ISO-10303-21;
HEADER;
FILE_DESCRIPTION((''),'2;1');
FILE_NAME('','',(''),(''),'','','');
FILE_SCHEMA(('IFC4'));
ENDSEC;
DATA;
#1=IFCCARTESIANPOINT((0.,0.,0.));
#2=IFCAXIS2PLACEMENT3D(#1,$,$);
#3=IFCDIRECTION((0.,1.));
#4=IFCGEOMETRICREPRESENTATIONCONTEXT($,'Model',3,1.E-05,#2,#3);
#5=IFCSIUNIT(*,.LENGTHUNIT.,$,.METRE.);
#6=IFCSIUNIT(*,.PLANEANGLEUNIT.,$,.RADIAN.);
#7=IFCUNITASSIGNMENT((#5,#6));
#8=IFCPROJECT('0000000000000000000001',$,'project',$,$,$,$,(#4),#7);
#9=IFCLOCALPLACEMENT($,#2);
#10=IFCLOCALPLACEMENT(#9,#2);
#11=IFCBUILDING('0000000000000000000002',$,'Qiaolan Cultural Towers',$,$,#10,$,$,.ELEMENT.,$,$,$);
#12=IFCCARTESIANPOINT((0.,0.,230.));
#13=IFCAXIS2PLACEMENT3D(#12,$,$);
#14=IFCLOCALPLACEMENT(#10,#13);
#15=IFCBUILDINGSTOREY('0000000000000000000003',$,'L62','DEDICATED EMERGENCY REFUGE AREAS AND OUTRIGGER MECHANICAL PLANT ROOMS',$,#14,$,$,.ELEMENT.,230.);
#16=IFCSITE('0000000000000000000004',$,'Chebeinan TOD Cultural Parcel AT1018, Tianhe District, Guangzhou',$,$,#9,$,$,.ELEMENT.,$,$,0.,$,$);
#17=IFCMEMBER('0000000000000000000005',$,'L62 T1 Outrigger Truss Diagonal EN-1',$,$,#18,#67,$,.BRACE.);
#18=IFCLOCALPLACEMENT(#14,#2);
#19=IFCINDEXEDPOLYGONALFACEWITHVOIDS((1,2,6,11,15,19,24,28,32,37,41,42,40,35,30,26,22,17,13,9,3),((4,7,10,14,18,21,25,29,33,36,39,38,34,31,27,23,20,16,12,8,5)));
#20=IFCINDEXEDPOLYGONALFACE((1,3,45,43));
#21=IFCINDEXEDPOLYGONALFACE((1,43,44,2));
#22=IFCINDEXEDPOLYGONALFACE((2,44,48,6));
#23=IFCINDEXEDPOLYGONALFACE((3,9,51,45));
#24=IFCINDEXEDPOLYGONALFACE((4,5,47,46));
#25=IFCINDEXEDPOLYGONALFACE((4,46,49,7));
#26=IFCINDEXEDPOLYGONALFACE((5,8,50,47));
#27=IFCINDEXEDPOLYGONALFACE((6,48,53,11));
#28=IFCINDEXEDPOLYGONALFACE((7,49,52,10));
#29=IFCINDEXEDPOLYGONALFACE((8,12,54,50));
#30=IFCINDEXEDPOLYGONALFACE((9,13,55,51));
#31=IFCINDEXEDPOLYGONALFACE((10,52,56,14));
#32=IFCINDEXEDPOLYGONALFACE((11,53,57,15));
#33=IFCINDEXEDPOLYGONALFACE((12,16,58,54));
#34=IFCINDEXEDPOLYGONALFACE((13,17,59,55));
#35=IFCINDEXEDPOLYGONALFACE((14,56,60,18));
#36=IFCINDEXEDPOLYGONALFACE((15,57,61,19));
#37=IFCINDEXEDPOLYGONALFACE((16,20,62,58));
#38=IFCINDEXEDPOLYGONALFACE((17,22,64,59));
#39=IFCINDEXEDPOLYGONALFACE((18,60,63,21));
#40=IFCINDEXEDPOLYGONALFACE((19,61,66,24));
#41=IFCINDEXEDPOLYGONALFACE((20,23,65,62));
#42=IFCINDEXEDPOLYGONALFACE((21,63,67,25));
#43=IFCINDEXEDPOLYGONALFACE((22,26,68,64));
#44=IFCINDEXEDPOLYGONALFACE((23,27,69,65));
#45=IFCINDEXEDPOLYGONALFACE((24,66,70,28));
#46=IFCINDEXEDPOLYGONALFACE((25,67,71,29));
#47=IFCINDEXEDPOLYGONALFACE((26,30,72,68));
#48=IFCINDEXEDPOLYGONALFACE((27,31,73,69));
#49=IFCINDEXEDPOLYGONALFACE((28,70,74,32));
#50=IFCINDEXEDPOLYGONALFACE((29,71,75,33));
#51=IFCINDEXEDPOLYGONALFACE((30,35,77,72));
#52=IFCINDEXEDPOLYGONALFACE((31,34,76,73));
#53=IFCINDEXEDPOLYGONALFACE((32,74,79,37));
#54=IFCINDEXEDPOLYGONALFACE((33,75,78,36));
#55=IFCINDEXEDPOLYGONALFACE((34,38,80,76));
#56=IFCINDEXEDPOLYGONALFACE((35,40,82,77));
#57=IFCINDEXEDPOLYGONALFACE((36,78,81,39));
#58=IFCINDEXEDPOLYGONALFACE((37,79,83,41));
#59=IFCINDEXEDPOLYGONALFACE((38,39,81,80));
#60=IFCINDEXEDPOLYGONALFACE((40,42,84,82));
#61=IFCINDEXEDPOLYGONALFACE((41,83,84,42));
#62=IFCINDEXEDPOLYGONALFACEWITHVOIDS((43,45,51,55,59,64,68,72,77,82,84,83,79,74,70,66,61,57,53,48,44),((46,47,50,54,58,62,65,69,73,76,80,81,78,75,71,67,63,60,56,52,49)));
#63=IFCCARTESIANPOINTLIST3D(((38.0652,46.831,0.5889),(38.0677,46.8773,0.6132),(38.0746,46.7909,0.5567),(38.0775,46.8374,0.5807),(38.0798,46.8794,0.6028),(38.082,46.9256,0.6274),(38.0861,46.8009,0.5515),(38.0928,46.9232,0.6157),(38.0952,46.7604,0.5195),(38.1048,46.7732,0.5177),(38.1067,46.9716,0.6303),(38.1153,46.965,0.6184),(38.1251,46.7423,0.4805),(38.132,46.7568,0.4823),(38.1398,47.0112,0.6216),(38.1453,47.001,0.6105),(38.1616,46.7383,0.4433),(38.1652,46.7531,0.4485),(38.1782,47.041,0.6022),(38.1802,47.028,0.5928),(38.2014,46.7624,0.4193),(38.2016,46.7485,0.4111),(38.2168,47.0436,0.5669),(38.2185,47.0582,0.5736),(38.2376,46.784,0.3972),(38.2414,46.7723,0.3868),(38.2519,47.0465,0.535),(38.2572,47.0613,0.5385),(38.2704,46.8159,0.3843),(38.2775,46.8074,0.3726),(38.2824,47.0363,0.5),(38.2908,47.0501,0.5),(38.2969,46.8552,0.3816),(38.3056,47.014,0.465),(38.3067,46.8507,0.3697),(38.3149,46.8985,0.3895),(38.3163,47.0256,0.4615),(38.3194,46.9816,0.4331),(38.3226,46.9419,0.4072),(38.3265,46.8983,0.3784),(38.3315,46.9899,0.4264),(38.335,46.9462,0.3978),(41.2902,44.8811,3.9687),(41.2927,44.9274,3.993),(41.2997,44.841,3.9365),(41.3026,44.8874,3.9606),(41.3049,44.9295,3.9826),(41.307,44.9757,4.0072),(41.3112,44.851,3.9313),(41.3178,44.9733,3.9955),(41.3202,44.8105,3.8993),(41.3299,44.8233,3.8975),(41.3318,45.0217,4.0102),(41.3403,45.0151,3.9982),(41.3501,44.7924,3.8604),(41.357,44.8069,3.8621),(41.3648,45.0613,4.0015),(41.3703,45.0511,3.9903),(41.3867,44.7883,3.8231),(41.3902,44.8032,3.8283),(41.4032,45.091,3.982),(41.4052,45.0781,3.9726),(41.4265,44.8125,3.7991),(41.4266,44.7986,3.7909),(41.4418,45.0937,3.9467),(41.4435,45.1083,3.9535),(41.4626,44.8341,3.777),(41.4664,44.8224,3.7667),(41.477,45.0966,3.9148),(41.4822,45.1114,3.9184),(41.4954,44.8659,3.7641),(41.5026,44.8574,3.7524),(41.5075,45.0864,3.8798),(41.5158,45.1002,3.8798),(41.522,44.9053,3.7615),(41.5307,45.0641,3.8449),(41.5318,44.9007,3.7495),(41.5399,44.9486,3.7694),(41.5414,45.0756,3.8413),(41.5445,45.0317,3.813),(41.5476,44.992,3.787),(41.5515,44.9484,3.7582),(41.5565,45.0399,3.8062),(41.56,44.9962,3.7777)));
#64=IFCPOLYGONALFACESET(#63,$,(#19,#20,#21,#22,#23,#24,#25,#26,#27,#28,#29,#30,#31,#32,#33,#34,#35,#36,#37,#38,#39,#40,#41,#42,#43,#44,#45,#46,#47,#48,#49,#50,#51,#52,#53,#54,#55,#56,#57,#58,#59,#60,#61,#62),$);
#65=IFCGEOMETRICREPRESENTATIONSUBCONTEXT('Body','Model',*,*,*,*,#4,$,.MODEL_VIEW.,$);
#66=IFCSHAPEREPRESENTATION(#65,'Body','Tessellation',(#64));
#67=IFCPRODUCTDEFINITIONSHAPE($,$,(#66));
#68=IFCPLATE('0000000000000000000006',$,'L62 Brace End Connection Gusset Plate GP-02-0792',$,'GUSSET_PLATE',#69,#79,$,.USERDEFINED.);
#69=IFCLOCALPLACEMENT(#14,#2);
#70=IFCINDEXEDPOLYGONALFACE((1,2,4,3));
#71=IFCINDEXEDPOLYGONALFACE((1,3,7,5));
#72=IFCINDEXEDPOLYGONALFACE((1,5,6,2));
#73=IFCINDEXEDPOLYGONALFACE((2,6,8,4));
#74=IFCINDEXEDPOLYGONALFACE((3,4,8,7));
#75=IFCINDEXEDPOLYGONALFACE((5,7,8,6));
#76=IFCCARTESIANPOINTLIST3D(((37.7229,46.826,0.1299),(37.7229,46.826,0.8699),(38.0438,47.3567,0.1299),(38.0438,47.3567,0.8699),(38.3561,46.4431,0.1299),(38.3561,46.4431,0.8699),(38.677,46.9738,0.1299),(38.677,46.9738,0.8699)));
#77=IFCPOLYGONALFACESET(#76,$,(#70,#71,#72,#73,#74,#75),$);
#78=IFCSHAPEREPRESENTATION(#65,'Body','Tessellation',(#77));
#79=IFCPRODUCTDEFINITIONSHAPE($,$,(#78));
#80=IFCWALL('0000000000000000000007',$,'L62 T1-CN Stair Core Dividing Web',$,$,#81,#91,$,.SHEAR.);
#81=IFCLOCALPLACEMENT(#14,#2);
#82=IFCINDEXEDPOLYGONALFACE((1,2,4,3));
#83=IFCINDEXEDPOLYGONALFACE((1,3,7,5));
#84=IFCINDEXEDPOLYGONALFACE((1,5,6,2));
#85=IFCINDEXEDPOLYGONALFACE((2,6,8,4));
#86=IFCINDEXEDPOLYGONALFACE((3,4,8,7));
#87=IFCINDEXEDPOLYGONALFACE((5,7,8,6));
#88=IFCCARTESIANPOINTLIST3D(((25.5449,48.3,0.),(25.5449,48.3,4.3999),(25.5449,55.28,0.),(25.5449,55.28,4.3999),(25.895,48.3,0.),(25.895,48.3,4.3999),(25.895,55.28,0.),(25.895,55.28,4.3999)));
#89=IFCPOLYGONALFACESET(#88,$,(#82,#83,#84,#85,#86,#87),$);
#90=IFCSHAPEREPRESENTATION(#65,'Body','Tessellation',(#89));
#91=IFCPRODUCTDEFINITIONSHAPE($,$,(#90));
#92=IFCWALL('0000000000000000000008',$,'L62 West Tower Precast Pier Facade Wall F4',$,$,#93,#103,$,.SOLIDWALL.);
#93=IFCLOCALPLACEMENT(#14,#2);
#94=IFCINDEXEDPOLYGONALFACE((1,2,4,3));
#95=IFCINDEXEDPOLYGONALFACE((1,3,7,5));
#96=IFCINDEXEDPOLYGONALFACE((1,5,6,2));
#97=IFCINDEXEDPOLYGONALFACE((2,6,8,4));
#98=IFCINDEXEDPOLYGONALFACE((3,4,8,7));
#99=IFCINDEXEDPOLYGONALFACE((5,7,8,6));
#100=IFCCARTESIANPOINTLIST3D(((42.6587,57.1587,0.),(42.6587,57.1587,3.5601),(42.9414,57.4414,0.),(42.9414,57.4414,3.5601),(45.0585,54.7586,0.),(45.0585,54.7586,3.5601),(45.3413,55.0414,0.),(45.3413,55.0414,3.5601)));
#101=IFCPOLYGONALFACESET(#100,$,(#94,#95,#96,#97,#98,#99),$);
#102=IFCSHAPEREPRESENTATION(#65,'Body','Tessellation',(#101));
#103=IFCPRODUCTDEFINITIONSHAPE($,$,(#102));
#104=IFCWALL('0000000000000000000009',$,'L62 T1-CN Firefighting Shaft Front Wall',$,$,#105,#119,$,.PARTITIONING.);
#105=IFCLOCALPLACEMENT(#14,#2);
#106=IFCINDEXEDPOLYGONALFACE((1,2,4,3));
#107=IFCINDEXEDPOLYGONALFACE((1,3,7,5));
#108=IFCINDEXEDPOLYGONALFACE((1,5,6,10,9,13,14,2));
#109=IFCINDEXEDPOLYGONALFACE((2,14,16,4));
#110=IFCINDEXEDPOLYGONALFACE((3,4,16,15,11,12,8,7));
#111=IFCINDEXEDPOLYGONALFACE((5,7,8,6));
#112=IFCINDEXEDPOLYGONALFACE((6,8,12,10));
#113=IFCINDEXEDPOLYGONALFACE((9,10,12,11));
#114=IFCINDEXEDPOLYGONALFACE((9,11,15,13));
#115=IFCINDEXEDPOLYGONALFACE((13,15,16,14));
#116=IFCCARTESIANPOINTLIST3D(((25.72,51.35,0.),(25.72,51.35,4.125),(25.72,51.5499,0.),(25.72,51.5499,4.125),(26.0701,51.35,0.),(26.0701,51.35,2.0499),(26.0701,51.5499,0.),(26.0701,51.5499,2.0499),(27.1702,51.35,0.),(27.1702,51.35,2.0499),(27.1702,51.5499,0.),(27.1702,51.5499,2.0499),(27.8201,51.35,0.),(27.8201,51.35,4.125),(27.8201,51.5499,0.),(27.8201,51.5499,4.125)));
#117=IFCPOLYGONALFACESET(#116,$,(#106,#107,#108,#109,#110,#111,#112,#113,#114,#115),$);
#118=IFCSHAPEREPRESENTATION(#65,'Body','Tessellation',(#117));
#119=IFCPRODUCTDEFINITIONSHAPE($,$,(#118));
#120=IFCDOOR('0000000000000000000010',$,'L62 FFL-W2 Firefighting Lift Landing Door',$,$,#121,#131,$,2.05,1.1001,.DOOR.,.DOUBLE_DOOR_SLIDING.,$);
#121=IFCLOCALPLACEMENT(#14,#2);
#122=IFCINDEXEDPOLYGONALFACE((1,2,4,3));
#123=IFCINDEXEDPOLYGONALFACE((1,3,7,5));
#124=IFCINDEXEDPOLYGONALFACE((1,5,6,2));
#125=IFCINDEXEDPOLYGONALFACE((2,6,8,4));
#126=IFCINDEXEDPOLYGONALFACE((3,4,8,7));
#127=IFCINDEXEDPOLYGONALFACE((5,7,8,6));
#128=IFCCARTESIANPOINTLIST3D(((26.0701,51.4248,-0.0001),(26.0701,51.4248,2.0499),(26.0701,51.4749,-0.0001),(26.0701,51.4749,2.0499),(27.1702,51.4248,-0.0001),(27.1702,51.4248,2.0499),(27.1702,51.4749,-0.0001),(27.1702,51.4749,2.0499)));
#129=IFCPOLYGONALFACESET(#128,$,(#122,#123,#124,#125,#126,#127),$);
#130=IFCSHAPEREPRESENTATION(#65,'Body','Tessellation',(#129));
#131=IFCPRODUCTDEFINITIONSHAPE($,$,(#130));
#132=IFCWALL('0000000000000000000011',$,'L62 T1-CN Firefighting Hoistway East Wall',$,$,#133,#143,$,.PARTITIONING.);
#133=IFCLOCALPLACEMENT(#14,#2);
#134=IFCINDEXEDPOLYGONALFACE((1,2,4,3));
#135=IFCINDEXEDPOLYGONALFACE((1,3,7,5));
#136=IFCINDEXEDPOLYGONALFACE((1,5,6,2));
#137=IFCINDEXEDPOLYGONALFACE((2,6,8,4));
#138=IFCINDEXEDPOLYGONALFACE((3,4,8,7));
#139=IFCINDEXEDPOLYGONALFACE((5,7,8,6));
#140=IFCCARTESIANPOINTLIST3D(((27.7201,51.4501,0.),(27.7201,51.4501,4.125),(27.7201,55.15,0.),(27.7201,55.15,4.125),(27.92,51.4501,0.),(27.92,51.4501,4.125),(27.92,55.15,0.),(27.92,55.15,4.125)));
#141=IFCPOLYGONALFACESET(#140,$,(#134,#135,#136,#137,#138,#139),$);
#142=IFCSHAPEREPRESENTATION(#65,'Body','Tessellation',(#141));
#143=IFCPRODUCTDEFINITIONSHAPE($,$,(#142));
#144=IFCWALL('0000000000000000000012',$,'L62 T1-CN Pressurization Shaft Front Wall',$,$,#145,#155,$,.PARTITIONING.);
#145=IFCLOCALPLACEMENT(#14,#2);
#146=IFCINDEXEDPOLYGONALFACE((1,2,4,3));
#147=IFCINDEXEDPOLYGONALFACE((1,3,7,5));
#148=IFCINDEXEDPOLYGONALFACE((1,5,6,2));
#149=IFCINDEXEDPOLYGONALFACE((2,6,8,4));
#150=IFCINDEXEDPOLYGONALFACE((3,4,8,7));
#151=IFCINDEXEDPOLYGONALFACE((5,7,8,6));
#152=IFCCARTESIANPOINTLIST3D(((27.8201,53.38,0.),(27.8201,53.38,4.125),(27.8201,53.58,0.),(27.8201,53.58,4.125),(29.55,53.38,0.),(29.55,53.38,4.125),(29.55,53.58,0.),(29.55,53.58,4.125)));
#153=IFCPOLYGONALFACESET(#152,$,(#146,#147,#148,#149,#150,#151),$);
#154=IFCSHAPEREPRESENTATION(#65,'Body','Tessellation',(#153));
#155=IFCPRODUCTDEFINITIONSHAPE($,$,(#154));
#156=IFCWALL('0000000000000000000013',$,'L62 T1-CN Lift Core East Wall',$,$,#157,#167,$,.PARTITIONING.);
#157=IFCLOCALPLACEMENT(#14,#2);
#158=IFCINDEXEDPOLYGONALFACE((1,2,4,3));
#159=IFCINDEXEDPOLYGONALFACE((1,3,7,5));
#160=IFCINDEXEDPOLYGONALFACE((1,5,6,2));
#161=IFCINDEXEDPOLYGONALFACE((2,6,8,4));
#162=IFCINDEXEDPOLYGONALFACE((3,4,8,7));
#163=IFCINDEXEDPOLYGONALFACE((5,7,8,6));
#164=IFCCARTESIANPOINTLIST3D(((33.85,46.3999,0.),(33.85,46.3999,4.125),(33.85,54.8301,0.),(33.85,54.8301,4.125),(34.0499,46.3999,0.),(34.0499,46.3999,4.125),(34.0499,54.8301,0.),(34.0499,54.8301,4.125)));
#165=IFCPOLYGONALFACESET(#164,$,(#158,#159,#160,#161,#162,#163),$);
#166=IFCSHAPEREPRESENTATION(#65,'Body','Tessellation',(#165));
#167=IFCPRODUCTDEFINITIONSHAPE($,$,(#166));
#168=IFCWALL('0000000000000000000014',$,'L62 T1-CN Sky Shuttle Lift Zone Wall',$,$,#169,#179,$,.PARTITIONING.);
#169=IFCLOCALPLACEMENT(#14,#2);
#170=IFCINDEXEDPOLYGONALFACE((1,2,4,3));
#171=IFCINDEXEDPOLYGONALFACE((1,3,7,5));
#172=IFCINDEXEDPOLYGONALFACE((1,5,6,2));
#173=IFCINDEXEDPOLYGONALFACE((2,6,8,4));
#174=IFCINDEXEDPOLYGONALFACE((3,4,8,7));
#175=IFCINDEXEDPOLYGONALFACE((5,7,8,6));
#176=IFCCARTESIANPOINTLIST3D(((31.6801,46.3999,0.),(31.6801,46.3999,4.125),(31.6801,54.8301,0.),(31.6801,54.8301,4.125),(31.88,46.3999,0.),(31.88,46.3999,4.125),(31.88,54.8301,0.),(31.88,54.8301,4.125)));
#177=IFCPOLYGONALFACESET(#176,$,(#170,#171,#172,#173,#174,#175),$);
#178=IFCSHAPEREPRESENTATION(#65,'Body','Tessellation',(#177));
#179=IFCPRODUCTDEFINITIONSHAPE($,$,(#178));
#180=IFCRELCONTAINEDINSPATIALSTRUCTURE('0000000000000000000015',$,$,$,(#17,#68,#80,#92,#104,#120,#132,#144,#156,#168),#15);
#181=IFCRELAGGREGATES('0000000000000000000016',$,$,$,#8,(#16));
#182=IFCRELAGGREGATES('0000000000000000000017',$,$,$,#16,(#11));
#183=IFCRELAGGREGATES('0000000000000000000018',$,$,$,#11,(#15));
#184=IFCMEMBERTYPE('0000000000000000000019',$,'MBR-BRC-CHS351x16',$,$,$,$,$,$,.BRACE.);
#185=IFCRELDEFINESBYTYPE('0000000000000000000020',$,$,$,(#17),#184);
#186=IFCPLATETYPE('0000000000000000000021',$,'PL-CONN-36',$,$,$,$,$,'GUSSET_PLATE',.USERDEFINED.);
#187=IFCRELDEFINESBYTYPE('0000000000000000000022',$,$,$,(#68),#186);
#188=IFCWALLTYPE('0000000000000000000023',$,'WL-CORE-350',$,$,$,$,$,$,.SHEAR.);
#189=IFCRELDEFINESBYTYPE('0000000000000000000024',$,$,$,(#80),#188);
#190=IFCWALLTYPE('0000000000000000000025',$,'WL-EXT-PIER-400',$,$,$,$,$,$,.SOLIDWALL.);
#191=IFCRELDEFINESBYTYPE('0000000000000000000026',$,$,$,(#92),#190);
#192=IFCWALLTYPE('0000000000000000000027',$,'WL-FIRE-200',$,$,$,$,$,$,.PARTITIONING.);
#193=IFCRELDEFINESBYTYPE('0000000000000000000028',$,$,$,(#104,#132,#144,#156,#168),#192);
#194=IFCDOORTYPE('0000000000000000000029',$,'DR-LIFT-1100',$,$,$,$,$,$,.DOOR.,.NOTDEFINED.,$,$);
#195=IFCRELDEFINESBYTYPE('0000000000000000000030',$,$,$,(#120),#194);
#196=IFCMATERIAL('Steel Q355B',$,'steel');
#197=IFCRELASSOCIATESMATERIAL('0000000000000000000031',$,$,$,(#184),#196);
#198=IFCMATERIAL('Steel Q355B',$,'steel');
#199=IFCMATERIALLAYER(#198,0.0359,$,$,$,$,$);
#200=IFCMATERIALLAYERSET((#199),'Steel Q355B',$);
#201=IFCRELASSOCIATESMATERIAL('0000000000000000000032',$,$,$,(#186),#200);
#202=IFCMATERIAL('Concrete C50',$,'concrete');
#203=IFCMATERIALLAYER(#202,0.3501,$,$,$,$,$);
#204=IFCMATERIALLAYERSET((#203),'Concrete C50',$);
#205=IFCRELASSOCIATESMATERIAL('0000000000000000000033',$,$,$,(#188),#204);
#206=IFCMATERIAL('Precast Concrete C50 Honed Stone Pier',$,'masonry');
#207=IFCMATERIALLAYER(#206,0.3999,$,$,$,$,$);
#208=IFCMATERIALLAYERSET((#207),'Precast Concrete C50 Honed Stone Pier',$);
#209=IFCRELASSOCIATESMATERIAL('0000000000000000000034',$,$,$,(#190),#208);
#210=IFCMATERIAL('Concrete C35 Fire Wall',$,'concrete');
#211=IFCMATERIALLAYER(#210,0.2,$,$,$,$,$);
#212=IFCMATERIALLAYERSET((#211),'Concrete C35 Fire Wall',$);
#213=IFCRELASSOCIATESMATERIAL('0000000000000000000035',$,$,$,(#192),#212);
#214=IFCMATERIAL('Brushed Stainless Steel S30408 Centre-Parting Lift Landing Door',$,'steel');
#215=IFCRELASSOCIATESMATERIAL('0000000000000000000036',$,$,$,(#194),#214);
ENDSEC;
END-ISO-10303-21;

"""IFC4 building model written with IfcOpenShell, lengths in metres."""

from ifc_helpers import new_model, si_unit, direction, frame, frame_2d, origin, origin_2d, place, context, subcontext, project, spatial, rectangle, hollow_circle, extrude, material, layer, layer_set, material_profile, profile_set, type_object, element, fill, save


model = new_model("IFC4")

# Units and contexts
model_context = context("Model", 3, precision=1e-05, world=origin(), true_north=direction((0.0, 1.0)))
body_context = subcontext(model_context, "Body", "Model", "MODEL_VIEW")
ifc_project = project(units=[si_unit("LENGTHUNIT", "METRE"), si_unit("PLANEANGLEUNIT", "RADIAN")], contexts=[model_context])

# Site, building, storey
site_placement = place(None, origin())
site = spatial("IfcSite", under=ifc_project, at=site_placement, Name="Chebeinan TOD Cultural Parcel AT1018, Tianhe District, Guangzhou", CompositionType="ELEMENT", RefElevation=0.0)
building_placement = place(site_placement, origin())
building = spatial("IfcBuilding", under=site, at=building_placement, Name="Qiaolan Cultural Towers", CompositionType="ELEMENT")
storey_placement = place(building_placement, frame((0.0, 0.0, 230.0)))
storey = spatial("IfcBuildingStorey", under=building, at=storey_placement, Name="L62", Description="DEDICATED EMERGENCY REFUGE AREAS AND OUTRIGGER MECHANICAL PLANT ROOMS", CompositionType="ELEMENT", Elevation=230.0)

# Member
ifc_material_1 = material(Name="Steel Q355B", Category="steel")
ifc_material_profile_1 = material_profile(ifc_material_1, hollow_circle(Radius=0.1755, WallThickness=0.0161, at=origin_2d()), Name="CHS351x16")
ifc_profile_set_1 = profile_set([ifc_material_profile_1], Name="Steel Q355B")
member_type = type_object("IfcMemberType", Name="MBR-BRC-CHS351x16", PredefinedType="BRACE", material=ifc_profile_set_1)
member_placement = place(storey_placement, frame((38.2, 46.8999, 0.5), z_axis=(0.637078, -0.385189, 0.667654), x_axis=(0.517398, 0.855745, 0.0)))
element("IfcMember", 1, at=member_placement, inside=storey, type_object=member_type, Name="L62 T1 Outrigger Truss Diagonal EN-1", PredefinedType="BRACE", context=body_context, shape_type="SweptSolid", body=[
    extrude(hollow_circle(Radius=0.1755, WallThickness=0.0161, at=origin_2d()), origin(), (0.0, 0.0, 1.0), 5.0623),
])

# Plate
ifc_material_2 = material(Name="Steel Q355B", Category="steel")
ifc_layer_1 = layer(ifc_material_2, 0.0359)
ifc_layer_set_1 = layer_set([ifc_layer_1], Name="Steel Q355B")
plate_type = type_object("IfcPlateType", Name="PL-CONN-36", ElementType="GUSSET_PLATE", PredefinedType="USERDEFINED", material=ifc_layer_set_1)
plate_placement = place(storey_placement, frame((38.2, 46.8999, 0.1299), z_axis=(0.0, 0.0, 1.0), x_axis=(-0.855732, 0.517419, 0.0)))
element("IfcPlate", 2, at=plate_placement, inside=storey, type_object=plate_type, Name="L62 Brace End Connection Gusset Plate GP-02-0792", ObjectType="GUSSET_PLATE", PredefinedType="USERDEFINED", context=body_context, shape_type="SweptSolid", body=[
    extrude(rectangle(XDim=0.74, YDim=0.6201, at=origin_2d()), origin(), (0.0, 0.0, 1.0), 0.74),
])

# Walls
ifc_material_3 = material(Name="Concrete C50", Category="concrete")
ifc_layer_2 = layer(ifc_material_3, 0.3501)
ifc_layer_set_2 = layer_set([ifc_layer_2], Name="Concrete C50")
wall_type_1 = type_object("IfcWallType", Name="WL-CORE-350", PredefinedType="SHEAR", material=ifc_layer_set_2)
wall_1_placement = place(storey_placement, frame((25.72, 48.3, 0.0), z_axis=(0.0, 0.0, 1.0), x_axis=(0.0, 1.0, 0.0)))
element("IfcWall", 3, at=wall_1_placement, inside=storey, type_object=wall_type_1, Name="L62 T1-CN Stair Core Dividing Web", PredefinedType="SHEAR", context=body_context, shape_type="SweptSolid", body=[
    extrude(rectangle(XDim=6.98, YDim=0.3501, at=frame_2d((3.49, 0.0))), origin(), (0.0, 0.0, 1.0), 4.3999),
])
ifc_material_4 = material(Name="Precast Concrete C50 Honed Stone Pier", Category="masonry")
ifc_layer_3 = layer(ifc_material_4, 0.3999)
ifc_layer_set_3 = layer_set([ifc_layer_3], Name="Precast Concrete C50 Honed Stone Pier")
wall_type_2 = type_object("IfcWallType", Name="WL-EXT-PIER-400", PredefinedType="SOLIDWALL", material=ifc_layer_set_3)
wall_2_placement = place(storey_placement, frame((42.8, 57.3, 0.0), z_axis=(0.0, 0.0, 1.0), x_axis=(0.707071, -0.707143, 0.0)))
element("IfcWall", 4, at=wall_2_placement, inside=storey, type_object=wall_type_2, Name="L62 West Tower Precast Pier Facade Wall F4", PredefinedType="SOLIDWALL", context=body_context, shape_type="SweptSolid", body=[
    extrude(rectangle(XDim=3.394, YDim=0.3999, at=frame_2d((1.697, 0.0))), origin(), (0.0, 0.0, 1.0), 3.5601),
])

# Wall, opening, door
ifc_material_5 = material(Name="Concrete C35 Fire Wall", Category="concrete")
ifc_layer_4 = layer(ifc_material_5, 0.2)
ifc_layer_set_4 = layer_set([ifc_layer_4], Name="Concrete C35 Fire Wall")
wall_type_3 = type_object("IfcWallType", Name="WL-FIRE-200", PredefinedType="PARTITIONING", material=ifc_layer_set_4)
wall_3_placement = place(storey_placement, frame((25.72, 51.45, 0.0), z_axis=(0.0, 0.0, 1.0), x_axis=(1.0, 0.0, 0.0)))
wall_3 = element("IfcWall", 5, at=wall_3_placement, inside=storey, type_object=wall_type_3, Name="L62 T1-CN Firefighting Shaft Front Wall", PredefinedType="PARTITIONING", context=body_context, shape_type="SweptSolid", body=[
    extrude(rectangle(XDim=2.1001, YDim=0.2, at=frame_2d((1.05, 0.0))), origin(), (0.0, 0.0, 1.0), 4.125),
])
opening_1_placement = place(wall_3_placement, frame((0.3501, 0.0, 0.0)))
opening_1 = element("IfcOpeningElement", 6, at=opening_1_placement, cuts=wall_3, PredefinedType="OPENING", context=body_context, shape_type="SweptSolid", body=[
    extrude(rectangle(XDim=1.1001, YDim=2.05, at=frame_2d((0.55, 1.0249))), frame((0.0, 0.1099, 0.0), z_axis=(0.0, -1.0, 0.0), x_axis=(1.0, 0.0, 0.0)), (0.0, 0.0, 1.0), 0.22),
])
ifc_material_6 = material(Name="Brushed Stainless Steel S30408 Centre-Parting Lift Landing Door", Category="steel")
door_type_1 = type_object("IfcDoorType", Name="DR-LIFT-1100", OperationType="NOTDEFINED", PredefinedType="DOOR", material=ifc_material_6)
door_1_placement = place(opening_1_placement, origin())
door_1 = element("IfcDoor", 7, at=door_1_placement, inside=storey, type_object=door_type_1, Name="L62 FFL-W2 Firefighting Lift Landing Door", OperationType="DOUBLE_DOOR_SLIDING", OverallHeight=2.05, OverallWidth=1.1001, PredefinedType="DOOR", context=body_context, shape_type="SweptSolid", body=[
    extrude(rectangle(XDim=1.1001, YDim=2.05, at=frame_2d((0.55, 1.0249))), frame((0.0, 0.0249, 0.0), z_axis=(0.0, -1.0, 0.0), x_axis=(1.0, 0.0, 0.0)), (0.0, 0.0, 1.0), 0.05),
])
fill(opening_1, door_1)

# Walls
wall_4_placement = place(storey_placement, frame((27.8201, 51.45, 0.0), z_axis=(0.0, 0.0, 1.0), x_axis=(0.0, 1.0, 0.0)))
element("IfcWall", 8, at=wall_4_placement, inside=storey, type_object=wall_type_3, Name="L62 T1-CN Firefighting Hoistway East Wall", PredefinedType="PARTITIONING", context=body_context, shape_type="SweptSolid", body=[
    extrude(rectangle(XDim=3.7, YDim=0.2, at=frame_2d((1.8501, 0.0))), origin(), (0.0, 0.0, 1.0), 4.125),
])
wall_5_placement = place(storey_placement, frame((27.8201, 53.48, 0.0), z_axis=(0.0, 0.0, 1.0), x_axis=(1.0, 0.0, 0.0)))
element("IfcWall", 9, at=wall_5_placement, inside=storey, type_object=wall_type_3, Name="L62 T1-CN Pressurization Shaft Front Wall", PredefinedType="PARTITIONING", context=body_context, shape_type="SweptSolid", body=[
    extrude(rectangle(XDim=1.73, YDim=0.2, at=frame_2d((0.865, 0.0))), origin(), (0.0, 0.0, 1.0), 4.125),
])
for number, where, z_axis, x_axis, name in (
    (10, (33.95, 46.3999, 0.0), (0.0, 0.0, 1.0), (0.0, 1.0, 0.0), "L62 T1-CN Lift Core East Wall"),
    (11, (31.78, 46.3999, 0.0), (0.0, 0.0, 1.0), (0.0, 1.0, 0.0), "L62 T1-CN Sky Shuttle Lift Zone Wall"),
):
    element("IfcWall", number, at=place(storey_placement, frame(where, z_axis=z_axis, x_axis=x_axis)), inside=storey, type_object=wall_type_3, Name=name, PredefinedType="PARTITIONING", context=body_context, shape_type="SweptSolid", body=[
        extrude(rectangle(XDim=8.4302, YDim=0.2, at=frame_2d((4.2151, 0.0))), origin(), (0.0, 0.0, 1.0), 4.125),
    ])

save(model, "model.ifc")
